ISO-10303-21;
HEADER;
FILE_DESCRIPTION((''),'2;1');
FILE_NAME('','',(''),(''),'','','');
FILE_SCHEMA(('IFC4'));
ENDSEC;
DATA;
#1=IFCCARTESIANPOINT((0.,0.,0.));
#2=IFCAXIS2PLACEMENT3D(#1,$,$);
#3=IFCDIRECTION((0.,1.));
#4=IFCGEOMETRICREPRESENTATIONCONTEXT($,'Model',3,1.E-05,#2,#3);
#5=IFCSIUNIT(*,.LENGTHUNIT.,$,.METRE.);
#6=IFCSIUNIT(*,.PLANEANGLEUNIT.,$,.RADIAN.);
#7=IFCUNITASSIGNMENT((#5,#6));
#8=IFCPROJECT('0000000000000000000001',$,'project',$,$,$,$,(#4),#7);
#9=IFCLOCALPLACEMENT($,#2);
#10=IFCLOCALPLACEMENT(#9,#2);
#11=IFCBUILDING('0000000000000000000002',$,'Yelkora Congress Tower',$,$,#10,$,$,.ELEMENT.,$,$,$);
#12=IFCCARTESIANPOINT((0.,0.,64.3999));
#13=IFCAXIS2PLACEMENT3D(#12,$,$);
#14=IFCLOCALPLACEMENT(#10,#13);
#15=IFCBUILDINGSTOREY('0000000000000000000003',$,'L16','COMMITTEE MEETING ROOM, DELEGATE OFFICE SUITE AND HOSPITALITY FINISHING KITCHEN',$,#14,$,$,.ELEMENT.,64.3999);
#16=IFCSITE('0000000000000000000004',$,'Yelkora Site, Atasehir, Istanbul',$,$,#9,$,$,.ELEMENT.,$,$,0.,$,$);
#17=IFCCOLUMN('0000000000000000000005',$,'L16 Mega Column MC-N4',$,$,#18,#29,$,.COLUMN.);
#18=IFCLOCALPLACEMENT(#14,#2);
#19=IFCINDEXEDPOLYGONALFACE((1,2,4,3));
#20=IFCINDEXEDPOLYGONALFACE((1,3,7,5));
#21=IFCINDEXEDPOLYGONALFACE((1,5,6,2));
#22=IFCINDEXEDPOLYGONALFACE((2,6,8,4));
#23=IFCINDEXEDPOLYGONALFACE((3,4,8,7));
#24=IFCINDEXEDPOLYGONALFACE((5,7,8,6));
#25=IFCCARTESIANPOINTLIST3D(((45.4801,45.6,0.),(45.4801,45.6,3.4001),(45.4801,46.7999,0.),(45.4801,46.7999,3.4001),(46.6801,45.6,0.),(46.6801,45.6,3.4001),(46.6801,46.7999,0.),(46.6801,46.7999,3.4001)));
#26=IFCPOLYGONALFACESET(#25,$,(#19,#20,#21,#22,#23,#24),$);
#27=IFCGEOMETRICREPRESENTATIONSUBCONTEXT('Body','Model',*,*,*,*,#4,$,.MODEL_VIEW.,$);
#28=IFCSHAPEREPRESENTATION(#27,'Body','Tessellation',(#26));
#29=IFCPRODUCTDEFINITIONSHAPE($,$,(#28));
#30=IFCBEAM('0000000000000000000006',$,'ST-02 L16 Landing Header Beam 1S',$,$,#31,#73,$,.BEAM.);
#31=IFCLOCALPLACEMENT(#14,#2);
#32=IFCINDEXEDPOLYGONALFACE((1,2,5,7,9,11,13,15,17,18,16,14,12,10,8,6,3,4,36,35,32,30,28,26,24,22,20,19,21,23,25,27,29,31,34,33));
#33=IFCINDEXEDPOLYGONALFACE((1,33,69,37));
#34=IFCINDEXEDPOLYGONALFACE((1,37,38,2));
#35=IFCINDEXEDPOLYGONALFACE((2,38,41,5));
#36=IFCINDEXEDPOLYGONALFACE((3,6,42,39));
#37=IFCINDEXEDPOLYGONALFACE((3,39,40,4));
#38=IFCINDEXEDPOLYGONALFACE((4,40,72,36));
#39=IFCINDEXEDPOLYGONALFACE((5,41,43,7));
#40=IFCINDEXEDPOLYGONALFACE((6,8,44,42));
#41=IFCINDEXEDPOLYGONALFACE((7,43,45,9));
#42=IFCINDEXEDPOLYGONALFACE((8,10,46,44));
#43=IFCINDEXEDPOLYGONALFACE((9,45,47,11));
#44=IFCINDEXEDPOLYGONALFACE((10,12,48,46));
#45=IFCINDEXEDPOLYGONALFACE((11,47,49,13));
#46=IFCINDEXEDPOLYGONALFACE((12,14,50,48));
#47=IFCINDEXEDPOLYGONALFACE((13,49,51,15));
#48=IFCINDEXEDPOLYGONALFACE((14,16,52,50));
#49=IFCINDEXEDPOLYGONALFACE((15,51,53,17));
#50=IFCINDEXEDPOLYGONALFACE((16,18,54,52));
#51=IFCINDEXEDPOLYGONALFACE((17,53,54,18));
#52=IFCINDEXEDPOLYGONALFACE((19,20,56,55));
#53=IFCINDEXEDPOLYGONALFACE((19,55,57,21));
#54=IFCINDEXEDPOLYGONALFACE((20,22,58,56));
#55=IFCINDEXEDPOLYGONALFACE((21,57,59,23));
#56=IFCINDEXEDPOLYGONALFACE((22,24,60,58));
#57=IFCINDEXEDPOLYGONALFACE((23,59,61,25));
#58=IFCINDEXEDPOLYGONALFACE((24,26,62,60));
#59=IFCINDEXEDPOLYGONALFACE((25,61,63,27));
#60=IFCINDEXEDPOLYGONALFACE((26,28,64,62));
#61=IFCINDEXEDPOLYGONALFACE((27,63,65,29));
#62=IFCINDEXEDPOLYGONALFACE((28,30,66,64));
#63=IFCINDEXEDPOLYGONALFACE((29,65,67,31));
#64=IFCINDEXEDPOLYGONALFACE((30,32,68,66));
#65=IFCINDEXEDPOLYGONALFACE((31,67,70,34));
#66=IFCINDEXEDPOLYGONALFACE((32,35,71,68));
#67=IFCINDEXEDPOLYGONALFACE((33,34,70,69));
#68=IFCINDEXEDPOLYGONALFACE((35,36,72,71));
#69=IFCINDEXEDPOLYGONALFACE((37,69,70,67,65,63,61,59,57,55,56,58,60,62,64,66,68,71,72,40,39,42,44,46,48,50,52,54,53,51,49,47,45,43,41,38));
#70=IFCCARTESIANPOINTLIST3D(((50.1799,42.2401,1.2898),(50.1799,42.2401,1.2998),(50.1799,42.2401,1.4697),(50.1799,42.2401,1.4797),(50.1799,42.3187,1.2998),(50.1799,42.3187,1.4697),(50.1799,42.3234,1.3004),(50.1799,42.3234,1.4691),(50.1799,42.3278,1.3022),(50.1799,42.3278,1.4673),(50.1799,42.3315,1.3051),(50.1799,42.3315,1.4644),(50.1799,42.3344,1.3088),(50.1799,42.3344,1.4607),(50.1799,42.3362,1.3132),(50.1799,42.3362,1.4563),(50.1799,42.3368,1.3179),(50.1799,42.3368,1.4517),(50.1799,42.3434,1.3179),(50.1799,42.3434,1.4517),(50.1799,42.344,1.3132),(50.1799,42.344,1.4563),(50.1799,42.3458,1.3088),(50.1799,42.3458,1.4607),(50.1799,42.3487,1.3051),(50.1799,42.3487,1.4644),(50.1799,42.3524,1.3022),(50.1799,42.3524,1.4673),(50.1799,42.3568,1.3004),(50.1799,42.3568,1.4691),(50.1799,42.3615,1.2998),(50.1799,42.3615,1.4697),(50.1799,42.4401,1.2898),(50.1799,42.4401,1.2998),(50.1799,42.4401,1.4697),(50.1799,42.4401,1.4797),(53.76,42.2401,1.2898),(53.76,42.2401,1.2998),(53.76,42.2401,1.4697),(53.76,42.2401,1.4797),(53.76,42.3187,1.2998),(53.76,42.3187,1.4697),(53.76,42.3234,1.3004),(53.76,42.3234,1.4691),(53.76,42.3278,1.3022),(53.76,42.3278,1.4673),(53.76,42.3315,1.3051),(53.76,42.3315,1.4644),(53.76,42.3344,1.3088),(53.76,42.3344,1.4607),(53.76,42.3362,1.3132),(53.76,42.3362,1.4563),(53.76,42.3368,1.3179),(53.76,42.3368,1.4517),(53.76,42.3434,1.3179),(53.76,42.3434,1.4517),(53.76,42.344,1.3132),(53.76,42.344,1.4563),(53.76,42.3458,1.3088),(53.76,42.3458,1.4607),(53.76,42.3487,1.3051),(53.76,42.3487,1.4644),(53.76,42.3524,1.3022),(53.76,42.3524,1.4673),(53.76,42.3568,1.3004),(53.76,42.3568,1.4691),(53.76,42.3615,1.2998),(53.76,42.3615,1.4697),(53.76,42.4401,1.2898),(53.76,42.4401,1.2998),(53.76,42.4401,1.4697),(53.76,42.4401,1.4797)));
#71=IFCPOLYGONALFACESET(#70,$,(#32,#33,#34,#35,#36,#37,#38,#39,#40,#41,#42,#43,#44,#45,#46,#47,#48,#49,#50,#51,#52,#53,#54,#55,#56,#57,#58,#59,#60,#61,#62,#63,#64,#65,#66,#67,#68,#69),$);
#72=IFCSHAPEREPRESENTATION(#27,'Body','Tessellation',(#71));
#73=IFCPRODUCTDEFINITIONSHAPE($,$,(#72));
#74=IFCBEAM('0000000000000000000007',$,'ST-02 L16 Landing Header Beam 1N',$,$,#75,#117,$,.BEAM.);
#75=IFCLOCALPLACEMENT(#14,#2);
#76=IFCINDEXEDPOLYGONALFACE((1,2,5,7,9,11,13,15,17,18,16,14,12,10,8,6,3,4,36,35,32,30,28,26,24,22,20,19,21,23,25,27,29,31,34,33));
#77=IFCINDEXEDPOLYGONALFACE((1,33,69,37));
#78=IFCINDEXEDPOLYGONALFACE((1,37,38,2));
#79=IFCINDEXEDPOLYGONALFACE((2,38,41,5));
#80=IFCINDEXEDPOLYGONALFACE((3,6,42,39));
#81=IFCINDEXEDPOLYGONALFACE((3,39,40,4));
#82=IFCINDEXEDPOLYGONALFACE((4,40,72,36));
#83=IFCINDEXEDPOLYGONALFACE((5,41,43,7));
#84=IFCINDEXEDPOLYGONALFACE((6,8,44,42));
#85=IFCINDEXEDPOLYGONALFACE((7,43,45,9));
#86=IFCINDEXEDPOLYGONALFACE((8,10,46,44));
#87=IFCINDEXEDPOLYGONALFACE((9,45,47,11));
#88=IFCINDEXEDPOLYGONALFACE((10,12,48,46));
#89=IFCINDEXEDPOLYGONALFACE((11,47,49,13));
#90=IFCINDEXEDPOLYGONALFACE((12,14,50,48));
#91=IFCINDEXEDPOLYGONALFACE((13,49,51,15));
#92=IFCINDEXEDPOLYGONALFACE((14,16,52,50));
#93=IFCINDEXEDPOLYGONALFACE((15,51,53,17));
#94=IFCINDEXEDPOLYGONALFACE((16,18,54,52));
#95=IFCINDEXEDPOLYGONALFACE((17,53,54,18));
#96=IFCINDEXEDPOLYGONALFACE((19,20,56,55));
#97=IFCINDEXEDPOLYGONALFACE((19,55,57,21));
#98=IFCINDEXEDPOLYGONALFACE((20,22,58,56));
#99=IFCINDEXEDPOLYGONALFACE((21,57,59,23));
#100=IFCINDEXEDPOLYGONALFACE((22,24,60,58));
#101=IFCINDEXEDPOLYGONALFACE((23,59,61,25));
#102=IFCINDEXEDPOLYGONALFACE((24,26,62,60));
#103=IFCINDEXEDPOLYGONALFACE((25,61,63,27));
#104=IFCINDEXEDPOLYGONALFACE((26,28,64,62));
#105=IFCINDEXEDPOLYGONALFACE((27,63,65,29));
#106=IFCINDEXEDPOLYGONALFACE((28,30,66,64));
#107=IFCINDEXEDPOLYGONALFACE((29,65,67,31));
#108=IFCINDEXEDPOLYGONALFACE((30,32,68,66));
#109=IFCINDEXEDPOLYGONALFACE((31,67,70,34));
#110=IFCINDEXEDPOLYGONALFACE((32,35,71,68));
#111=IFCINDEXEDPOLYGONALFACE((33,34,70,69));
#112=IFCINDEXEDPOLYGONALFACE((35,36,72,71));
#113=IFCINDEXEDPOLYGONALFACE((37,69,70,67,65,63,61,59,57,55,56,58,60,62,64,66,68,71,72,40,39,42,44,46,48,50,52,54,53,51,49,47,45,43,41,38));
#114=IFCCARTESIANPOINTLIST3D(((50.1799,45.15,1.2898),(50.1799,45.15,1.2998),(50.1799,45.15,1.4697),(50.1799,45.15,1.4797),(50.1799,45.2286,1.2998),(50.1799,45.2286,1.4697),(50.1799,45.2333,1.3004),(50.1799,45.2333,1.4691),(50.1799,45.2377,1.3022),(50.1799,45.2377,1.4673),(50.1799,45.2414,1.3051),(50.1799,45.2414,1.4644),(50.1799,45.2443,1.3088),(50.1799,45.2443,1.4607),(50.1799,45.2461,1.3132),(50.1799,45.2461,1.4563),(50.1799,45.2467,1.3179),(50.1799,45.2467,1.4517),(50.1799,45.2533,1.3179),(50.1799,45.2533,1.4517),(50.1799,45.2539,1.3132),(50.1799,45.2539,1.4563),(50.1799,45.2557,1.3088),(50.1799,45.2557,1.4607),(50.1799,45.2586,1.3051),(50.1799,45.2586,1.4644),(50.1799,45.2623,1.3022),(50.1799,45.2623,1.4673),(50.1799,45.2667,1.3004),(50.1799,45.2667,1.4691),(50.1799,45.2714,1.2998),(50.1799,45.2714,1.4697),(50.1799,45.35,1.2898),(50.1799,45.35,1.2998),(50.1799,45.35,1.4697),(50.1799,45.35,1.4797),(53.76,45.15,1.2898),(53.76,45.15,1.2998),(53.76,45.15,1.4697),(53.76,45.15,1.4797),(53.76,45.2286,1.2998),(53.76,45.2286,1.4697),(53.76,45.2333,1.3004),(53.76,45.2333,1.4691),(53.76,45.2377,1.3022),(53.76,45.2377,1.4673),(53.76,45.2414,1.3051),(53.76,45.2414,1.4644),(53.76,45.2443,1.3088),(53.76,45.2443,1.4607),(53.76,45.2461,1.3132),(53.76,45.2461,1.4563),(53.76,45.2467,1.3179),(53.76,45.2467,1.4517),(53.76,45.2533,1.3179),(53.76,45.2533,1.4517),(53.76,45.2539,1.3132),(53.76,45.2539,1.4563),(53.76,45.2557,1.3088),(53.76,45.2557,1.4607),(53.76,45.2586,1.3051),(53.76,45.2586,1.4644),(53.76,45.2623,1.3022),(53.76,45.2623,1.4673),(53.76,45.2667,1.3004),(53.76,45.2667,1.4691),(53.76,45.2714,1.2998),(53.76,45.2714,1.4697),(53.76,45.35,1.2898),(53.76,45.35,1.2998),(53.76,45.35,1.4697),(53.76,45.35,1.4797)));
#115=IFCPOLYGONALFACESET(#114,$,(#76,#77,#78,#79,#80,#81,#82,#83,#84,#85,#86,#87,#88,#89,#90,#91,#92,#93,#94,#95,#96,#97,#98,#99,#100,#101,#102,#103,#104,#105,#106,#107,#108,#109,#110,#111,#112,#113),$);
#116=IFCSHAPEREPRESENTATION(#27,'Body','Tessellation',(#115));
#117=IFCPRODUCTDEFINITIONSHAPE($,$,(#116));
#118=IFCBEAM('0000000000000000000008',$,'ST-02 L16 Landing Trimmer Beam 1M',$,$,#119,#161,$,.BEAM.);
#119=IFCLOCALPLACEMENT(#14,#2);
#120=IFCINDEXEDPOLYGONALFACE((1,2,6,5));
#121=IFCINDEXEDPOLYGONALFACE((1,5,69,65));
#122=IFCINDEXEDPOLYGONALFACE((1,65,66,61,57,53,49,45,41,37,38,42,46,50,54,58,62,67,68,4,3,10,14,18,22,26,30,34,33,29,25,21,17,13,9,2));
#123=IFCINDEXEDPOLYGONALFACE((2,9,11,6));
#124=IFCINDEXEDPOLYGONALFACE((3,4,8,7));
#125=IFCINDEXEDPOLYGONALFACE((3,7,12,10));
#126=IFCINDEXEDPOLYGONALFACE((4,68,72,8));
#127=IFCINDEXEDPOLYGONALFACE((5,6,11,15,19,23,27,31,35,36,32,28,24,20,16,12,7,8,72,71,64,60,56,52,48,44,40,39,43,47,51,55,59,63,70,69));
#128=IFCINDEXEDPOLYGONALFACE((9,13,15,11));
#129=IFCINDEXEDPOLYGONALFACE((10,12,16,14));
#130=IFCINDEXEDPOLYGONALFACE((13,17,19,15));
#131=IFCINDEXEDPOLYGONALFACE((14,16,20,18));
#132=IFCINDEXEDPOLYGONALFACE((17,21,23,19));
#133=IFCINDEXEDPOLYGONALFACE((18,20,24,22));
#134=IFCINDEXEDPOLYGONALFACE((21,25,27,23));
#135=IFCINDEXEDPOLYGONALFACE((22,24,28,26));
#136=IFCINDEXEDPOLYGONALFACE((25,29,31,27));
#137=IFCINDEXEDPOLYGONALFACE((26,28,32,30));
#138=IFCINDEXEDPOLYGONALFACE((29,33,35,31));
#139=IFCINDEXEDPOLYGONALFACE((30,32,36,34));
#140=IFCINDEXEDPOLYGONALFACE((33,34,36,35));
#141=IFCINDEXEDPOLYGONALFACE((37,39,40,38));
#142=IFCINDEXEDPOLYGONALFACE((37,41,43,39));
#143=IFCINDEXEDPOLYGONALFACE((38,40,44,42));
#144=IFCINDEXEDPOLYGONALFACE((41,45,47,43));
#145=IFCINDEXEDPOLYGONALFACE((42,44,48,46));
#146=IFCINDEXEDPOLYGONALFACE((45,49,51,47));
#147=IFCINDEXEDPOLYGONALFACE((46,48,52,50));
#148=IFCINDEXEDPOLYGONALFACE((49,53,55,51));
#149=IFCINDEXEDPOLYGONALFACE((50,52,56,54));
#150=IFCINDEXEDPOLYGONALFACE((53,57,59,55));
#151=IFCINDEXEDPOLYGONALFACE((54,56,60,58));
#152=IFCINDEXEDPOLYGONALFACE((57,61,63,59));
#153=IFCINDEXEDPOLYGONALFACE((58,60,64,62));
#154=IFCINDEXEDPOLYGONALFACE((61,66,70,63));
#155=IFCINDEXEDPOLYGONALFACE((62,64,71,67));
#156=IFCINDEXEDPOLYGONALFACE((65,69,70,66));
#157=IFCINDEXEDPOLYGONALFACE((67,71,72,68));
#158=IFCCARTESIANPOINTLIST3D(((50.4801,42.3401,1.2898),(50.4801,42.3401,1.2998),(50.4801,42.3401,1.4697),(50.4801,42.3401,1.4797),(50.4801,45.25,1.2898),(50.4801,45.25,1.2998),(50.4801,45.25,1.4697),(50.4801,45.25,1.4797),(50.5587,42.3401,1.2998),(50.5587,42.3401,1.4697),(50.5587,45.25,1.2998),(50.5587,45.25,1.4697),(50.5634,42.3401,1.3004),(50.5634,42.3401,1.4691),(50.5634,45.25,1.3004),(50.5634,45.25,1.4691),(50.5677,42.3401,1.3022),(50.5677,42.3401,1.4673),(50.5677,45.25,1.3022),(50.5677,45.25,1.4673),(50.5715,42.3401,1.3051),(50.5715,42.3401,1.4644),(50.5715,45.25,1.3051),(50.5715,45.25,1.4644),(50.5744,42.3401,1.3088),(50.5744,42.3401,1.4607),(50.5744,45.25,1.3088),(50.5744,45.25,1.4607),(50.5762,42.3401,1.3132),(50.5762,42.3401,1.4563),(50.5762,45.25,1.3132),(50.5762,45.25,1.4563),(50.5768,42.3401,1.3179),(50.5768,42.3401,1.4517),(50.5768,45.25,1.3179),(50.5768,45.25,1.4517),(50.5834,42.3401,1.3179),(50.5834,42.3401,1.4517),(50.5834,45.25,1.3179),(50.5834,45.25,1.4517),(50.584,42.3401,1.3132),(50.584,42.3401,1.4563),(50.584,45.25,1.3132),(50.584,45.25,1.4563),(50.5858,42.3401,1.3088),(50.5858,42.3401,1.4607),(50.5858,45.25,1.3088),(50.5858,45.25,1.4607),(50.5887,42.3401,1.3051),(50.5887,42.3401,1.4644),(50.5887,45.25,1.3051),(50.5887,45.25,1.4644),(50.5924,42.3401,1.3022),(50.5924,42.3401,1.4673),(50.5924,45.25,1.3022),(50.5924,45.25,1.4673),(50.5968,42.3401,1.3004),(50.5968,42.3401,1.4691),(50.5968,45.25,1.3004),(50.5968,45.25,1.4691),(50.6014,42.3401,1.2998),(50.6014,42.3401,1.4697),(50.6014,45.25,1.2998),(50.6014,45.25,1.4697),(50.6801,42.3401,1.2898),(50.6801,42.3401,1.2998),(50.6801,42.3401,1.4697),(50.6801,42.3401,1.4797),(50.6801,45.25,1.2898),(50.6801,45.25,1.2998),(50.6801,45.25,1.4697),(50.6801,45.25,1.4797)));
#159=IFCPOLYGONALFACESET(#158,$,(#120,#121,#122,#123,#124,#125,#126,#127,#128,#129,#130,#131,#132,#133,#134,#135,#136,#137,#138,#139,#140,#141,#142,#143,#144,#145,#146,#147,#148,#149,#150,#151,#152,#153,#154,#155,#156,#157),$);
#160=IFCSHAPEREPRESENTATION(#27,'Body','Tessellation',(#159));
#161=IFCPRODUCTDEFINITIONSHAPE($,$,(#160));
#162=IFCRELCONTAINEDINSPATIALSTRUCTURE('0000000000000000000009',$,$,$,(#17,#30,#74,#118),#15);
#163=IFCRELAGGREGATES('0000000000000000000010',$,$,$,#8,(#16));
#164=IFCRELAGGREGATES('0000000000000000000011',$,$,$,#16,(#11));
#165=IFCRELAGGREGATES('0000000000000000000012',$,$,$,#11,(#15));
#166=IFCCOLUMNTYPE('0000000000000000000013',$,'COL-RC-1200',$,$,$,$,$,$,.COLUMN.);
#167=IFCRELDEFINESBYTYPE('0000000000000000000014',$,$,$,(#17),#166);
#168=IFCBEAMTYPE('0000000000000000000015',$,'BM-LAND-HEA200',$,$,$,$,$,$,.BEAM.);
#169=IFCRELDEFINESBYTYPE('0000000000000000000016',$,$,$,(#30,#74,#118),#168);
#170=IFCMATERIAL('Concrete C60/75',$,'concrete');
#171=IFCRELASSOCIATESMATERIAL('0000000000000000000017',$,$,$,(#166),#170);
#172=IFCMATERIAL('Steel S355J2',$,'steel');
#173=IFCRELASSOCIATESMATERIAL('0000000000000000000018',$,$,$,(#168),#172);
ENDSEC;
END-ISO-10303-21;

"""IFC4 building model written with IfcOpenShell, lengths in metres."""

from ifc_helpers import new_model, si_unit, direction, frame, origin, origin_2d, place, context, subcontext, project, spatial, rectangle, i_section, extrude, material, material_profile, profile_set, type_object, element, save


model = new_model("IFC4")

# Units and contexts
model_context = context("Model", 3, precision=1e-05, world=origin(), true_north=direction((0.0, 1.0)))
body_context = subcontext(model_context, "Body", "Model", "MODEL_VIEW")
ifc_project = project(units=[si_unit("LENGTHUNIT", "METRE"), si_unit("PLANEANGLEUNIT", "RADIAN")], contexts=[model_context])

# Site, building, storey
site_placement = place(None, origin())
site = spatial("IfcSite", under=ifc_project, at=site_placement, Name="Yelkora Site, Atasehir, Istanbul", CompositionType="ELEMENT", RefElevation=0.0)
building_placement = place(site_placement, origin())
building = spatial("IfcBuilding", under=site, at=building_placement, Name="Yelkora Congress Tower", CompositionType="ELEMENT")
storey_placement = place(building_placement, frame((0.0, 0.0, 64.3999)))
storey = spatial("IfcBuildingStorey", under=building, at=storey_placement, Name="L16", Description="COMMITTEE MEETING ROOM, DELEGATE OFFICE SUITE AND HOSPITALITY FINISHING KITCHEN", CompositionType="ELEMENT", Elevation=64.3999)

# Column
ifc_material_1 = material(Name="Concrete C60/75", Category="concrete")
ifc_material_profile_1 = material_profile(ifc_material_1, rectangle(XDim=1.2, YDim=1.2, at=origin_2d()), Name="RC 1200x1200")
ifc_profile_set_1 = profile_set([ifc_material_profile_1], Name="Concrete C60/75")
column_type = type_object("IfcColumnType", Name="COL-RC-1200", PredefinedType="COLUMN", material=ifc_profile_set_1)
column_placement = place(storey_placement, frame((46.0801, 46.2, 0.0), z_axis=(0.0, 0.0, 1.0), x_axis=(1.0, 0.0, 0.0)))
element("IfcColumn", 1, at=column_placement, inside=storey, type_object=column_type, Name="L16 Mega Column MC-N4", PredefinedType="COLUMN", context=body_context, shape_type="SweptSolid", body=[
    extrude(rectangle(XDim=1.2, YDim=1.2, at=origin_2d()), origin(), (0.0, 0.0, 1.0), 3.4001),
])

# Beams
ifc_material_2 = material(Name="Steel S355J2", Category="steel")
ifc_material_profile_2 = material_profile(ifc_material_2, i_section(OverallWidth=0.2, OverallDepth=0.1899, WebThickness=0.0066, FlangeThickness=0.01, FilletRadius=0.0181, at=origin_2d()), Name="HEA 200")
ifc_profile_set_2 = profile_set([ifc_material_profile_2], Name="Steel S355J2")
beam_type = type_object("IfcBeamType", Name="BM-LAND-HEA200", PredefinedType="BEAM", material=ifc_profile_set_2)
for number, where, z_axis, x_axis, name in (
    (2, (50.1799, 42.3401, 1.3848), (1.0, 0.0, 0.0), (0.0, 1.0, 0.0), "ST-02 L16 Landing Header Beam 1S"),
    (3, (50.1799, 45.25, 1.3848), (1.0, 0.0, 0.0), (0.0, 1.0, 0.0), "ST-02 L16 Landing Header Beam 1N"),
):
    element("IfcBeam", number, at=place(storey_placement, frame(where, z_axis=z_axis, x_axis=x_axis)), inside=storey, type_object=beam_type, Name=name, PredefinedType="BEAM", context=body_context, shape_type="SweptSolid", body=[
        extrude(i_section(OverallWidth=0.2, OverallDepth=0.1899, WebThickness=0.0066, FlangeThickness=0.01, FilletRadius=0.0181, at=origin_2d()), origin(), (0.0, 0.0, 1.0), 3.5801),
    ])
beam_1_placement = place(storey_placement, frame((50.5801, 42.3401, 1.3848), z_axis=(0.0, 1.0, 0.0), x_axis=(-1.0, 0.0, 0.0)))
element("IfcBeam", 4, at=beam_1_placement, inside=storey, type_object=beam_type, Name="ST-02 L16 Landing Trimmer Beam 1M", PredefinedType="BEAM", context=body_context, shape_type="SweptSolid", body=[
    extrude(i_section(OverallWidth=0.2, OverallDepth=0.1899, WebThickness=0.0066, FlangeThickness=0.01, FilletRadius=0.0181, at=origin_2d()), origin(), (0.0, 0.0, 1.0), 2.9099),
])

save(model, "model.ifc")
